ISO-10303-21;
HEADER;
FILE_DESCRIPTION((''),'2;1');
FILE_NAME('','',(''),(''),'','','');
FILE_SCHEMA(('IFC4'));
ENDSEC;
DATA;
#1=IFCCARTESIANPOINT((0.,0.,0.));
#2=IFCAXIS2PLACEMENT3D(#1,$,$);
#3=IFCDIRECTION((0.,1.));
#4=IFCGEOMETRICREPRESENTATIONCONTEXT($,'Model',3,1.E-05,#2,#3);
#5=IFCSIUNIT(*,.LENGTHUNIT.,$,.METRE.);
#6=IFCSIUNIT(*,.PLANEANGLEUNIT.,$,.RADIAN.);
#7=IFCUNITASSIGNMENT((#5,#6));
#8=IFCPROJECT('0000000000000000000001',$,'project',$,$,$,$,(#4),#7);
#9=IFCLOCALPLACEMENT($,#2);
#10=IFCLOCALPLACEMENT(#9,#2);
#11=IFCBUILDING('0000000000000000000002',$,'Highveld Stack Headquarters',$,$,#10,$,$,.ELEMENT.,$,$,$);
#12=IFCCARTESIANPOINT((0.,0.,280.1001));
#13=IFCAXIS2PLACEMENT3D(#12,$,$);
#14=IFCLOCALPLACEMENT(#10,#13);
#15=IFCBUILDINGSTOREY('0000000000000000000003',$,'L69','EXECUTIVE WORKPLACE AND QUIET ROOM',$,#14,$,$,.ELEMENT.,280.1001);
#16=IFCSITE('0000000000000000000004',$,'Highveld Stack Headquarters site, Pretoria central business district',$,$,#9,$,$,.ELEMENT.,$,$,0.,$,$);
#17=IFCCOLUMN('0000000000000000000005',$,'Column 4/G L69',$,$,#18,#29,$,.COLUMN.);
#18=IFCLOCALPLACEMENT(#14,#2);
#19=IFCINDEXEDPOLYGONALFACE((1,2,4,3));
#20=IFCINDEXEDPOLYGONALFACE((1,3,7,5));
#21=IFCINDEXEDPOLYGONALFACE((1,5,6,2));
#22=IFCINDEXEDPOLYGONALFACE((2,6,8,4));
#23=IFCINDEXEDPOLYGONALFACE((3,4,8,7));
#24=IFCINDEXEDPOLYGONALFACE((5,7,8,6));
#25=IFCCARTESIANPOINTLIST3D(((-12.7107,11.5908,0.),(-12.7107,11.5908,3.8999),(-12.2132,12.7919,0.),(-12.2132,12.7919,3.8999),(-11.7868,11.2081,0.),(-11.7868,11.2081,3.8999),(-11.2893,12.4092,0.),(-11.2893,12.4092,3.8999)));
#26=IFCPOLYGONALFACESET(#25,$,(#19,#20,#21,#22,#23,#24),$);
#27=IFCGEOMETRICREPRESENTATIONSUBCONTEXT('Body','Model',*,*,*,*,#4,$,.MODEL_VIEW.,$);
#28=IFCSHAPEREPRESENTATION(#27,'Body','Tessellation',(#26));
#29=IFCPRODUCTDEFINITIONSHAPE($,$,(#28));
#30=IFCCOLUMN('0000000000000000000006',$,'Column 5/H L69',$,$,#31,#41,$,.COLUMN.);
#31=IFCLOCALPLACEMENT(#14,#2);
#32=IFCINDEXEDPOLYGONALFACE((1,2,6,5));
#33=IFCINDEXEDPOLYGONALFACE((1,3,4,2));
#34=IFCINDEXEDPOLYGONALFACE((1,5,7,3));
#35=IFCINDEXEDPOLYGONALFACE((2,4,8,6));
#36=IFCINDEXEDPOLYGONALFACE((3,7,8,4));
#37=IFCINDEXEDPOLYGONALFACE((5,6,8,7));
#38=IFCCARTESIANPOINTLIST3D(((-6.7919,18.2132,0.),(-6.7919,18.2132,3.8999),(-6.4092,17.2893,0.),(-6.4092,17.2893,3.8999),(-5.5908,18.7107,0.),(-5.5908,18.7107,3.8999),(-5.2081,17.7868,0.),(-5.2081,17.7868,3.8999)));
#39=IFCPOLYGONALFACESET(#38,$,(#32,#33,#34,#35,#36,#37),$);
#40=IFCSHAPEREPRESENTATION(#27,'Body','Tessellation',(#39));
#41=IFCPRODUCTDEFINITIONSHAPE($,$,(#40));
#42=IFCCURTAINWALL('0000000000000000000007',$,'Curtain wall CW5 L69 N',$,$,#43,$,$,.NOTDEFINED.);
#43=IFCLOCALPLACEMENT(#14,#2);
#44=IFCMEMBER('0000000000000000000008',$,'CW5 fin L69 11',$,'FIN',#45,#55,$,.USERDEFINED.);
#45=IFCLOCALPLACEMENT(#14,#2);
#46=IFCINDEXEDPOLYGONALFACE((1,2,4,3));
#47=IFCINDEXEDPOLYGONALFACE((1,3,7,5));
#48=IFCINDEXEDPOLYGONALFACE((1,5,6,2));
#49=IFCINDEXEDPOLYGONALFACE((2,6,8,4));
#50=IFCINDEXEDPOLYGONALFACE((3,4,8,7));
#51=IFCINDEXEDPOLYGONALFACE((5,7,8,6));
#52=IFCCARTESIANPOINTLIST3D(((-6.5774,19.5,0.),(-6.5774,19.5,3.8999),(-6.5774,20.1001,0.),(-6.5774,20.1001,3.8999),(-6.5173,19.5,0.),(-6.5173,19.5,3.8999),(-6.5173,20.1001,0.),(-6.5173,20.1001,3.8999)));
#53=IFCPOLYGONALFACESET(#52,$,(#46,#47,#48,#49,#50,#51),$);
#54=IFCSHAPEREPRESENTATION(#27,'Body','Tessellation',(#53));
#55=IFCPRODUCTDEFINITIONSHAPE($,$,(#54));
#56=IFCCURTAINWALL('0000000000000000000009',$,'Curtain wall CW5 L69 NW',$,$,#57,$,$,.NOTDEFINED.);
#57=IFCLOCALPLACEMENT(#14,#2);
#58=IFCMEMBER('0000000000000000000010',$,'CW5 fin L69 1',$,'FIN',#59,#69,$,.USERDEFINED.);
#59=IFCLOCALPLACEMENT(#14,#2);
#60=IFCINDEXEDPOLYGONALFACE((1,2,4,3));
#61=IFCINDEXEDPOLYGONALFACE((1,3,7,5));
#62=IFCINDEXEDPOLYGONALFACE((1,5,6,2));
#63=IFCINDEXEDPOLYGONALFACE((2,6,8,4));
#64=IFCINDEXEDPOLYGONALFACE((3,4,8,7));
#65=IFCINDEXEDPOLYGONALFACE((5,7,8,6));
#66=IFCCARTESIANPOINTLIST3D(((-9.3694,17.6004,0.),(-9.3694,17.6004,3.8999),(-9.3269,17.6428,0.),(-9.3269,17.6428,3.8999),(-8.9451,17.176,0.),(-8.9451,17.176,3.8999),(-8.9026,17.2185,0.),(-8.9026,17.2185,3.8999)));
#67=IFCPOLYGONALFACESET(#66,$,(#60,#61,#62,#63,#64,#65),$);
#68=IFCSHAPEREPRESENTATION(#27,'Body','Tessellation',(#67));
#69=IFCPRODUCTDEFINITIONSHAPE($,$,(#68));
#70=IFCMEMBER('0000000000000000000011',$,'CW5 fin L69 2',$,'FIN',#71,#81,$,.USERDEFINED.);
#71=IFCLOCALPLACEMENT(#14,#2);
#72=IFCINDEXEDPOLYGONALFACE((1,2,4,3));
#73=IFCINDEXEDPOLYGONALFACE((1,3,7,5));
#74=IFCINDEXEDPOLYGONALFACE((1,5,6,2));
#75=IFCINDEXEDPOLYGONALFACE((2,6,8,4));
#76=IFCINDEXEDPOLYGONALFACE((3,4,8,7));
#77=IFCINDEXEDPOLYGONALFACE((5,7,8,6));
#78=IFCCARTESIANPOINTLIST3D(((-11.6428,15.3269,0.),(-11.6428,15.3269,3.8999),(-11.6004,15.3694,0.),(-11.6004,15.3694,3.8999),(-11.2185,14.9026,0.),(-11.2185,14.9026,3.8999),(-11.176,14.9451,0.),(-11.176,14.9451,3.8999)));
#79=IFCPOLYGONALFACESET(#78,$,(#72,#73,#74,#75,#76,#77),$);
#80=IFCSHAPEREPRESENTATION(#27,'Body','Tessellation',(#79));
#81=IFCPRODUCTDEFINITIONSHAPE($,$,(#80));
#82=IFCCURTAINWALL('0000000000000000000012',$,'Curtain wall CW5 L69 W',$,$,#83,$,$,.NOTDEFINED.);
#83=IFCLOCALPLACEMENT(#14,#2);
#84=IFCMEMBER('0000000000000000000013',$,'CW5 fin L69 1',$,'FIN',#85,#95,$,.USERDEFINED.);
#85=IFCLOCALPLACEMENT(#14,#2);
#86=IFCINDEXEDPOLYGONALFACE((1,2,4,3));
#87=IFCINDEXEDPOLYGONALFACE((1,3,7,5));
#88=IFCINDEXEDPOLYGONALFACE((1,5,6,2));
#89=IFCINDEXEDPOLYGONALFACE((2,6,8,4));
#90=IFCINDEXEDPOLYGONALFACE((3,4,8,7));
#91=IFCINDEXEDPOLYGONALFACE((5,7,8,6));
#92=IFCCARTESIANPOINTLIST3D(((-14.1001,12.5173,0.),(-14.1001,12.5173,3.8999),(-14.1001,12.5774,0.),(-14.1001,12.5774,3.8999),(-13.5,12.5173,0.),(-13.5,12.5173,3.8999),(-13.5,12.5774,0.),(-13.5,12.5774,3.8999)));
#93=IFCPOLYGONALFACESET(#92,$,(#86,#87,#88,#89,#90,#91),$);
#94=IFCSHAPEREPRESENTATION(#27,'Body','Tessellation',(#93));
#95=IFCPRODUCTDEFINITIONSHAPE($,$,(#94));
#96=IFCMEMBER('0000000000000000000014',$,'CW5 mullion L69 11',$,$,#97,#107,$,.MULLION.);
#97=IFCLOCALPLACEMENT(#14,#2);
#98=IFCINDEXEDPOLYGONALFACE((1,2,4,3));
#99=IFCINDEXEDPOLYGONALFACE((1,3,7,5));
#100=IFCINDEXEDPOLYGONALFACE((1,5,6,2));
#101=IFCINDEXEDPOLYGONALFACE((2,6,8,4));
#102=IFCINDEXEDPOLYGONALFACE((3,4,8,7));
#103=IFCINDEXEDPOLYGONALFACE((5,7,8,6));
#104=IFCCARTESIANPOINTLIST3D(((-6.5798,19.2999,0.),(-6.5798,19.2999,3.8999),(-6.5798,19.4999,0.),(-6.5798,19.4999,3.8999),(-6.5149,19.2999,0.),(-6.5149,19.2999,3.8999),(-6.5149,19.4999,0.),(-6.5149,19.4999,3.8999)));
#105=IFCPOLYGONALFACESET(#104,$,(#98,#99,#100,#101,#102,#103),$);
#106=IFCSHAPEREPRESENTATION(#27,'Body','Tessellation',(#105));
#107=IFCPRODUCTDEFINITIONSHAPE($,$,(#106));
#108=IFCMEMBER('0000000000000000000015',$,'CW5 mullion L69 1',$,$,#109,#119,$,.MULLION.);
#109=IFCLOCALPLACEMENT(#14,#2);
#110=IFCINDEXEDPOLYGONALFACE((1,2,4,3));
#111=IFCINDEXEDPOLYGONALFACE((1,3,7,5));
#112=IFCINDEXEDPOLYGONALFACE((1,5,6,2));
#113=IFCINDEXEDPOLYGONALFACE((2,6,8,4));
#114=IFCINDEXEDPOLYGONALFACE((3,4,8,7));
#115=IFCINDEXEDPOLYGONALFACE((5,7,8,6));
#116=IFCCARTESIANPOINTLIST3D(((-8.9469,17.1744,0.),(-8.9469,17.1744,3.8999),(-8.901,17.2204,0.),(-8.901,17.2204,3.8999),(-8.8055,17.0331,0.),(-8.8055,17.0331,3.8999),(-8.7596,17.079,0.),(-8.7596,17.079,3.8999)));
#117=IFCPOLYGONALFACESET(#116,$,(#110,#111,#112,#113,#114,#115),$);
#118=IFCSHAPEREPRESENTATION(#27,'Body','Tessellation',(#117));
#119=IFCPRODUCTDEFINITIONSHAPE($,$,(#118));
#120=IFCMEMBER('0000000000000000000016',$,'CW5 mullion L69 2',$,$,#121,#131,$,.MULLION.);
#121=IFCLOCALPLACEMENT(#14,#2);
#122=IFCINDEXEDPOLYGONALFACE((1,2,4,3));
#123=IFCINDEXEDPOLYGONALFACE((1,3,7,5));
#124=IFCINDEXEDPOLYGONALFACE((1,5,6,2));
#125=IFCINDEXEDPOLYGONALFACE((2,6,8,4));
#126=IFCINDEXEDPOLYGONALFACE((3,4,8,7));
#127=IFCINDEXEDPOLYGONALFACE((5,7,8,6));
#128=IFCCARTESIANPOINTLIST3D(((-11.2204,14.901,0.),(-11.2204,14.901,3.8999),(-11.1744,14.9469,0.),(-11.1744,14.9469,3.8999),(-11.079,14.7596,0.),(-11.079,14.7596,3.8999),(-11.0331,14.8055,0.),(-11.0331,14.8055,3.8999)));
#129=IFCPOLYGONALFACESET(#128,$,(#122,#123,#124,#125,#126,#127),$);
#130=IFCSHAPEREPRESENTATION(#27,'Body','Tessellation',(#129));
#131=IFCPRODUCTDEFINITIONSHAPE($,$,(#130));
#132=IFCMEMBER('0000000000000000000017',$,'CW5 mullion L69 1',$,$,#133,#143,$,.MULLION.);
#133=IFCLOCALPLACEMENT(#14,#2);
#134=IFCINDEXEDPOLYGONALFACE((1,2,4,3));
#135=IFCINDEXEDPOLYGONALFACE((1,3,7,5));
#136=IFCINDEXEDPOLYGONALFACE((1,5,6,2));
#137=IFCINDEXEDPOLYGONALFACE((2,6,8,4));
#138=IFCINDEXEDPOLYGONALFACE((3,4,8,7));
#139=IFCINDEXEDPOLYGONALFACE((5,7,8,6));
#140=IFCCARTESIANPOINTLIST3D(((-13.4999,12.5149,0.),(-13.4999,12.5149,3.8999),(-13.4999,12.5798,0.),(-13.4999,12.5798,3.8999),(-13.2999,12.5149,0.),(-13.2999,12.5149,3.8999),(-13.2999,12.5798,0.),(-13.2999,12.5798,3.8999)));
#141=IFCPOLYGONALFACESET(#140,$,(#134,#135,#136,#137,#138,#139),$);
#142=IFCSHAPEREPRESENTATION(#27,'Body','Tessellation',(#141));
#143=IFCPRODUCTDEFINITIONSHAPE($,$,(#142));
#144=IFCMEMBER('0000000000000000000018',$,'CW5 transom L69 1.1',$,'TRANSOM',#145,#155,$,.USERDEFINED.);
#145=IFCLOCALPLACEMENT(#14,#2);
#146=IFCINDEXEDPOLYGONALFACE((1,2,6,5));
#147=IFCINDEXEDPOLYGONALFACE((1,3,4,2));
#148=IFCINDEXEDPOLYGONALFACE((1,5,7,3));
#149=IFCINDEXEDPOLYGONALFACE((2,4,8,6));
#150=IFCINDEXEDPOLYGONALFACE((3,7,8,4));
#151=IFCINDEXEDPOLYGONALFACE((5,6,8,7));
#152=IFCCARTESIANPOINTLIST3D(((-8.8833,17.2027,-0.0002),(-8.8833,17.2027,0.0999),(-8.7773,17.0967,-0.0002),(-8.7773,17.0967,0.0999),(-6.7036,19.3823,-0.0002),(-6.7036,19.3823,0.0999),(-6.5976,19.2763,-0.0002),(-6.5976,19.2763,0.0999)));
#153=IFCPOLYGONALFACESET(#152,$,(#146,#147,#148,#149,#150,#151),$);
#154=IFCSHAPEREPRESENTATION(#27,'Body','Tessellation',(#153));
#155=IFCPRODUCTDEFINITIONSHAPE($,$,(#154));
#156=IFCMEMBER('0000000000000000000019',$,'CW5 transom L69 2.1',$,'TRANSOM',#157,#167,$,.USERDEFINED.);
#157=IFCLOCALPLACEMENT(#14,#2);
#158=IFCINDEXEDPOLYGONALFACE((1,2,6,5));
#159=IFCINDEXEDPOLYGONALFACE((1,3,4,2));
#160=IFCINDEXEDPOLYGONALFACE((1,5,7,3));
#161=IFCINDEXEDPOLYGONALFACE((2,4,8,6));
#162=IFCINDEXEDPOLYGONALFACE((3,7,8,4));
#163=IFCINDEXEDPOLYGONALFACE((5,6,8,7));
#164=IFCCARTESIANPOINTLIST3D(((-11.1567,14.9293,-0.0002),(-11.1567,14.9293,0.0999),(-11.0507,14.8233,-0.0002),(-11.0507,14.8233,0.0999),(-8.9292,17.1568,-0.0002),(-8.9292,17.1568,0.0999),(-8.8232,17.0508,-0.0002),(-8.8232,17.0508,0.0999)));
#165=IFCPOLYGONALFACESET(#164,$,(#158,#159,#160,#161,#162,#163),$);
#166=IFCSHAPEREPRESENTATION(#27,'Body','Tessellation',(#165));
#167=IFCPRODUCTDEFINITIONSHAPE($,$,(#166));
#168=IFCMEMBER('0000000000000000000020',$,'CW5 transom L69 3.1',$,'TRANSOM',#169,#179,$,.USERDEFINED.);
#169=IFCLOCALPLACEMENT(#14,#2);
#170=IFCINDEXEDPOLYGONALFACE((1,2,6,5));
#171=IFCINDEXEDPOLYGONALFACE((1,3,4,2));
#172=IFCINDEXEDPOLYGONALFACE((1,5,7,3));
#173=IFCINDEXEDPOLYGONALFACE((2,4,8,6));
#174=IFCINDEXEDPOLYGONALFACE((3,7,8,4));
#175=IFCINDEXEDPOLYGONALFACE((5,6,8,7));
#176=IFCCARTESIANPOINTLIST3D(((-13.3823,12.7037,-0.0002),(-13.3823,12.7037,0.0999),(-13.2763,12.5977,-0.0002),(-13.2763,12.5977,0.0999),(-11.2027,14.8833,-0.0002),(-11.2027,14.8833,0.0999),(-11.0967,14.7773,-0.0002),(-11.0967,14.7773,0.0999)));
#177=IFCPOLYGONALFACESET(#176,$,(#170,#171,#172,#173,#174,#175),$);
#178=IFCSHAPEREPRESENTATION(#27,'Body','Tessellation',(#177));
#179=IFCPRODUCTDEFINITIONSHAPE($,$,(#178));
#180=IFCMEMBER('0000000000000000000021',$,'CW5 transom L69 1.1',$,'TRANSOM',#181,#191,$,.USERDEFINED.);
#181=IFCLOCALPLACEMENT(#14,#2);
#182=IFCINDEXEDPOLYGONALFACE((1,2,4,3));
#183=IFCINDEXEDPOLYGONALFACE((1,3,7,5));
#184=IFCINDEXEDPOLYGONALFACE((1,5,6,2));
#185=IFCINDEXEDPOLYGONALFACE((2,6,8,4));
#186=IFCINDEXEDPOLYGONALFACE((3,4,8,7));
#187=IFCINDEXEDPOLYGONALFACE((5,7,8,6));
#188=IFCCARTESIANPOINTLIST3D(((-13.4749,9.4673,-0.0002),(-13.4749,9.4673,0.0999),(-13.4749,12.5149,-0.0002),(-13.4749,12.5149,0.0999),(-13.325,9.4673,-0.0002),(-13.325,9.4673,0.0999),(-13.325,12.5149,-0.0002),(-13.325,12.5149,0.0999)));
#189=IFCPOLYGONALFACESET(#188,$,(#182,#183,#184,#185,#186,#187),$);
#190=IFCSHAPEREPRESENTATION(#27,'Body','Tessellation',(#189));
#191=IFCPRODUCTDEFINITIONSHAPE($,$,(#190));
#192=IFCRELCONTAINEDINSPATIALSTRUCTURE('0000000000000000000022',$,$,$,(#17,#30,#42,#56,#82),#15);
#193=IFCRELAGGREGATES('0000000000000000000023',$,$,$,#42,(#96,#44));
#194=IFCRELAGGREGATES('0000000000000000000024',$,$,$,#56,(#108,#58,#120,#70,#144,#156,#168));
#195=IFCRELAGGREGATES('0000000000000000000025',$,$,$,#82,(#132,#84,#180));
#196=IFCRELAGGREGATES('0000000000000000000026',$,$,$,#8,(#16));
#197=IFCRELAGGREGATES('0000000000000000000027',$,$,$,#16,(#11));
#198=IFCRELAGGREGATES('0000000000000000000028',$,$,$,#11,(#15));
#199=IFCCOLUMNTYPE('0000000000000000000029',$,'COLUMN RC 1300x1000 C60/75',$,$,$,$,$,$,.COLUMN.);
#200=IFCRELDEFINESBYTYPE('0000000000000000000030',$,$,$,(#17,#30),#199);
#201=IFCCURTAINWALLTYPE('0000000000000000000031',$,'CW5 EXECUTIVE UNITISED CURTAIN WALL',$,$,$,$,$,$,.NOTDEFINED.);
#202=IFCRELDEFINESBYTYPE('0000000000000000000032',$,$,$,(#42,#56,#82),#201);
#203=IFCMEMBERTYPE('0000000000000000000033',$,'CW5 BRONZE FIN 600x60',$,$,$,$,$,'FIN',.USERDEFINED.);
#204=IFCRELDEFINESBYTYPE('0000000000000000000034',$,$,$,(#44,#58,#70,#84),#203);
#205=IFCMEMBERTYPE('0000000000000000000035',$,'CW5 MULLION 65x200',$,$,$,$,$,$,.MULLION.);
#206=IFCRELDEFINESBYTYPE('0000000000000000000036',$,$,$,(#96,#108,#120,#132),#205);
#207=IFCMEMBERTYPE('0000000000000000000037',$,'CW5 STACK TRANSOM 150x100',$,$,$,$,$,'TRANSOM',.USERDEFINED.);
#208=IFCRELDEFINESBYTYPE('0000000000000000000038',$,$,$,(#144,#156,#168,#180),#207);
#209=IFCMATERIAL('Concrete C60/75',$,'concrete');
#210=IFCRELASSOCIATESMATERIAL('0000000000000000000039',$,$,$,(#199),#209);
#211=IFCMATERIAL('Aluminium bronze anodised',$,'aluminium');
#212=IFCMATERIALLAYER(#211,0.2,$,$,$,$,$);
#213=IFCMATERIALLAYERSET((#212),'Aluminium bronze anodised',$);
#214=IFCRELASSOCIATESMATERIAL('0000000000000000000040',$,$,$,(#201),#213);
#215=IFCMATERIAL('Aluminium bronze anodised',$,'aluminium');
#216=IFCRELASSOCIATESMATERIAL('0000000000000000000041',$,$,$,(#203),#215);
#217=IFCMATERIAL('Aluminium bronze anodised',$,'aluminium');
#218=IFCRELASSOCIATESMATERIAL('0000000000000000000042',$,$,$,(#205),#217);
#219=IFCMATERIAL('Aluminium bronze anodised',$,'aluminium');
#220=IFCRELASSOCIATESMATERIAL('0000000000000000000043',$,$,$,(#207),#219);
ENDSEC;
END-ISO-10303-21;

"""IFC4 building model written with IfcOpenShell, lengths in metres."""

from ifc_helpers import new_model, si_unit, direction, frame, origin, origin_2d, place, context, subcontext, project, spatial, rectangle, extrude, material, layer, layer_set, material_profile, profile_set, type_object, element, aggregate, save


model = new_model("IFC4")

# Units and contexts
model_context = context("Model", 3, precision=1e-05, world=origin(), true_north=direction((0.0, 1.0)))
body_context = subcontext(model_context, "Body", "Model", "MODEL_VIEW")
ifc_project = project(units=[si_unit("LENGTHUNIT", "METRE"), si_unit("PLANEANGLEUNIT", "RADIAN")], contexts=[model_context])

# Site, building, storey
site_placement = place(None, origin())
site = spatial("IfcSite", under=ifc_project, at=site_placement, Name="Highveld Stack Headquarters site, Pretoria central business district", CompositionType="ELEMENT", RefElevation=0.0)
building_placement = place(site_placement, origin())
building = spatial("IfcBuilding", under=site, at=building_placement, Name="Highveld Stack Headquarters", CompositionType="ELEMENT")
storey_placement = place(building_placement, frame((0.0, 0.0, 280.1001)))
storey = spatial("IfcBuildingStorey", under=building, at=storey_placement, Name="L69", Description="EXECUTIVE WORKPLACE AND QUIET ROOM", CompositionType="ELEMENT", Elevation=280.1001)

# Columns
ifc_material_1 = material(Name="Concrete C60/75", Category="concrete")
ifc_material_profile_1 = material_profile(ifc_material_1, rectangle(XDim=1.3, YDim=1.0, at=origin_2d()), Name="RC 1300x1000")
ifc_profile_set_1 = profile_set([ifc_material_profile_1], Name="Concrete C60/75")
column_type = type_object("IfcColumnType", Name="COLUMN RC 1300x1000 C60/75", PredefinedType="COLUMN", material=ifc_profile_set_1)
for number, where, z_axis, x_axis, name in (
    (1, (-12.0, 12.0, 0.0), (0.0, 0.0, 1.0), (0.382683, 0.92388, 0.0), "Column 4/G L69"),
    (2, (-6.0, 18.0, 0.0), (0.0, 0.0, 1.0), (0.92388, 0.382683, 0.0), "Column 5/H L69"),
):
    element("IfcColumn", number, at=place(storey_placement, frame(where, z_axis=z_axis, x_axis=x_axis)), inside=storey, type_object=column_type, Name=name, PredefinedType="COLUMN", context=body_context, shape_type="SweptSolid", body=[
        extrude(rectangle(XDim=1.3, YDim=1.0, at=origin_2d()), origin(), (0.0, 0.0, 1.0), 3.8999),
    ])

# Curtain wall, member
ifc_material_2 = material(Name="Aluminium bronze anodised", Category="aluminium")
ifc_layer_1 = layer(ifc_material_2, 0.2)
ifc_layer_set_1 = layer_set([ifc_layer_1], Name="Aluminium bronze anodised")
curtain_wall_type = type_object("IfcCurtainWallType", Name="CW5 EXECUTIVE UNITISED CURTAIN WALL", PredefinedType="NOTDEFINED", material=ifc_layer_set_1)
curtain_wall_1_placement = place(storey_placement, origin())
curtain_wall_1 = element("IfcCurtainWall", 3, at=curtain_wall_1_placement, inside=storey, type_object=curtain_wall_type, Name="Curtain wall CW5 L69 N", PredefinedType="NOTDEFINED")
ifc_material_3 = material(Name="Aluminium bronze anodised", Category="aluminium")
ifc_material_profile_2 = material_profile(ifc_material_3, rectangle(XDim=0.6001, YDim=0.0601, at=origin_2d()), Name="FIN 600x60")
ifc_profile_set_2 = profile_set([ifc_material_profile_2], Name="Aluminium bronze anodised")
member_type_1 = type_object("IfcMemberType", Name="CW5 BRONZE FIN 600x60", ElementType="FIN", PredefinedType="USERDEFINED", material=ifc_profile_set_2)
member_1_placement = place(storey_placement, frame((-6.5474, 19.8, 0.0), z_axis=(0.0, 0.0, 1.0), x_axis=(0.0, -1.0, 0.0)))
member_1 = element("IfcMember", 4, at=member_1_placement, type_object=member_type_1, Name="CW5 fin L69 11", ObjectType="FIN", PredefinedType="USERDEFINED", context=body_context, shape_type="SweptSolid", body=[
    extrude(rectangle(XDim=0.6001, YDim=0.0601, at=origin_2d()), origin(), (0.0, 0.0, 1.0), 3.8999),
])

# Curtain wall, members
curtain_wall_2_placement = place(storey_placement, origin())
curtain_wall_2 = element("IfcCurtainWall", 5, at=curtain_wall_2_placement, inside=storey, type_object=curtain_wall_type, Name="Curtain wall CW5 L69 NW", PredefinedType="NOTDEFINED")
member_2_placement = place(storey_placement, frame((-9.136, 17.4094, 0.0), z_axis=(0.0, 0.0, 1.0), x_axis=(0.707107, -0.707107, 0.0)))
member_2 = element("IfcMember", 6, at=member_2_placement, type_object=member_type_1, Name="CW5 fin L69 1", ObjectType="FIN", PredefinedType="USERDEFINED", context=body_context, shape_type="SweptSolid", body=[
    extrude(rectangle(XDim=0.6001, YDim=0.0601, at=origin_2d()), origin(), (0.0, 0.0, 1.0), 3.8999),
])
member_3_placement = place(storey_placement, frame((-11.4094, 15.136, 0.0), z_axis=(0.0, 0.0, 1.0), x_axis=(0.707107, -0.707107, 0.0)))
member_3 = element("IfcMember", 7, at=member_3_placement, type_object=member_type_1, Name="CW5 fin L69 2", ObjectType="FIN", PredefinedType="USERDEFINED", context=body_context, shape_type="SweptSolid", body=[
    extrude(rectangle(XDim=0.6001, YDim=0.0601, at=origin_2d()), origin(), (0.0, 0.0, 1.0), 3.8999),
])

# Curtain wall, member
curtain_wall_3_placement = place(storey_placement, origin())
curtain_wall_3 = element("IfcCurtainWall", 8, at=curtain_wall_3_placement, inside=storey, type_object=curtain_wall_type, Name="Curtain wall CW5 L69 W", PredefinedType="NOTDEFINED")
member_4_placement = place(storey_placement, frame((-13.8, 12.5474, 0.0), z_axis=(0.0, 0.0, 1.0), x_axis=(1.0, 0.0, 0.0)))
member_4 = element("IfcMember", 9, at=member_4_placement, type_object=member_type_1, Name="CW5 fin L69 1", ObjectType="FIN", PredefinedType="USERDEFINED", context=body_context, shape_type="SweptSolid", body=[
    extrude(rectangle(XDim=0.6001, YDim=0.0601, at=origin_2d()), origin(), (0.0, 0.0, 1.0), 3.8999),
])

# Members
ifc_material_4 = material(Name="Aluminium bronze anodised", Category="aluminium")
ifc_material_profile_3 = material_profile(ifc_material_4, rectangle(XDim=0.2, YDim=0.0649, at=origin_2d()), Name="CW5 MULLION 65x200")
ifc_profile_set_3 = profile_set([ifc_material_profile_3], Name="Aluminium bronze anodised")
member_type_2 = type_object("IfcMemberType", Name="CW5 MULLION 65x200", PredefinedType="MULLION", material=ifc_profile_set_3)
member_5_placement = place(storey_placement, frame((-6.5474, 19.3999, 0.0), z_axis=(0.0, 0.0, 1.0), x_axis=(0.0, -1.0, 0.0)))
member_5 = element("IfcMember", 10, at=member_5_placement, type_object=member_type_2, Name="CW5 mullion L69 11", PredefinedType="MULLION", context=body_context, shape_type="SweptSolid", body=[
    extrude(rectangle(XDim=0.2, YDim=0.0649, at=origin_2d()), origin(), (0.0, 0.0, 1.0), 3.8999),
])
aggregate(curtain_wall_1, [member_5, member_1])
member_6_placement = place(storey_placement, frame((-8.8533, 17.1267, 0.0), z_axis=(0.0, 0.0, 1.0), x_axis=(0.707107, -0.707107, 0.0)))
member_6 = element("IfcMember", 11, at=member_6_placement, type_object=member_type_2, Name="CW5 mullion L69 1", PredefinedType="MULLION", context=body_context, shape_type="SweptSolid", body=[
    extrude(rectangle(XDim=0.2, YDim=0.0649, at=origin_2d()), origin(), (0.0, 0.0, 1.0), 3.8999),
])
member_7_placement = place(storey_placement, frame((-11.1267, 14.8533, 0.0), z_axis=(0.0, 0.0, 1.0), x_axis=(0.707107, -0.707107, 0.0)))
member_7 = element("IfcMember", 12, at=member_7_placement, type_object=member_type_2, Name="CW5 mullion L69 2", PredefinedType="MULLION", context=body_context, shape_type="SweptSolid", body=[
    extrude(rectangle(XDim=0.2, YDim=0.0649, at=origin_2d()), origin(), (0.0, 0.0, 1.0), 3.8999),
])
member_8_placement = place(storey_placement, frame((-13.3999, 12.5474, 0.0), z_axis=(0.0, 0.0, 1.0), x_axis=(1.0, 0.0, 0.0)))
member_8 = element("IfcMember", 13, at=member_8_placement, type_object=member_type_2, Name="CW5 mullion L69 1", PredefinedType="MULLION", context=body_context, shape_type="SweptSolid", body=[
    extrude(rectangle(XDim=0.2, YDim=0.0649, at=origin_2d()), origin(), (0.0, 0.0, 1.0), 3.8999),
])
ifc_material_5 = material(Name="Aluminium bronze anodised", Category="aluminium")
ifc_material_profile_4 = material_profile(ifc_material_5, rectangle(XDim=0.1499, YDim=0.1001, at=origin_2d()), Name="CW5 TRANSOM 150x100")
ifc_profile_set_4 = profile_set([ifc_material_profile_4], Name="Aluminium bronze anodised")
member_type_3 = type_object("IfcMemberType", Name="CW5 STACK TRANSOM 150x100", ElementType="TRANSOM", PredefinedType="USERDEFINED", material=ifc_profile_set_4)
member_9_placement = place(storey_placement, frame((-6.6506, 19.3293, 0.0498), z_axis=(-0.707107, -0.707107, 0.0), x_axis=(0.707107, -0.707107, 0.0)))
member_9 = element("IfcMember", 14, at=member_9_placement, type_object=member_type_3, Name="CW5 transom L69 1.1", ObjectType="TRANSOM", PredefinedType="USERDEFINED", context=body_context, shape_type="SweptSolid", body=[
    extrude(rectangle(XDim=0.1499, YDim=0.1001, at=origin_2d()), origin(), (0.0, 0.0, 1.0), 3.0825),
])
member_10_placement = place(storey_placement, frame((-8.8762, 17.1038, 0.0498), z_axis=(-0.707107, -0.707107, 0.0), x_axis=(0.707107, -0.707107, 0.0)))
member_10 = element("IfcMember", 15, at=member_10_placement, type_object=member_type_3, Name="CW5 transom L69 2.1", ObjectType="TRANSOM", PredefinedType="USERDEFINED", context=body_context, shape_type="SweptSolid", body=[
    extrude(rectangle(XDim=0.1499, YDim=0.1001, at=origin_2d()), origin(), (0.0, 0.0, 1.0), 3.1501),
])
member_11_placement = place(storey_placement, frame((-11.1497, 14.8303, 0.0498), z_axis=(-0.707107, -0.707107, 0.0), x_axis=(0.707107, -0.707107, 0.0)))
member_11 = element("IfcMember", 16, at=member_11_placement, type_object=member_type_3, Name="CW5 transom L69 3.1", ObjectType="TRANSOM", PredefinedType="USERDEFINED", context=body_context, shape_type="SweptSolid", body=[
    extrude(rectangle(XDim=0.1499, YDim=0.1001, at=origin_2d()), origin(), (0.0, 0.0, 1.0), 3.0825),
])
member_12_placement = place(storey_placement, frame((-13.3999, 12.5149, 0.0498), z_axis=(0.0, -1.0, 0.0), x_axis=(1.0, 0.0, 0.0)))
member_12 = element("IfcMember", 17, at=member_12_placement, type_object=member_type_3, Name="CW5 transom L69 1.1", ObjectType="TRANSOM", PredefinedType="USERDEFINED", context=body_context, shape_type="SweptSolid", body=[
    extrude(rectangle(XDim=0.1499, YDim=0.1001, at=origin_2d()), origin(), (0.0, 0.0, 1.0), 3.0476),
])

aggregate(curtain_wall_2, [member_6, member_2, member_7, member_3, member_9, member_10, member_11])
aggregate(curtain_wall_3, [member_8, member_4, member_12])

save(model, "model.ifc")
